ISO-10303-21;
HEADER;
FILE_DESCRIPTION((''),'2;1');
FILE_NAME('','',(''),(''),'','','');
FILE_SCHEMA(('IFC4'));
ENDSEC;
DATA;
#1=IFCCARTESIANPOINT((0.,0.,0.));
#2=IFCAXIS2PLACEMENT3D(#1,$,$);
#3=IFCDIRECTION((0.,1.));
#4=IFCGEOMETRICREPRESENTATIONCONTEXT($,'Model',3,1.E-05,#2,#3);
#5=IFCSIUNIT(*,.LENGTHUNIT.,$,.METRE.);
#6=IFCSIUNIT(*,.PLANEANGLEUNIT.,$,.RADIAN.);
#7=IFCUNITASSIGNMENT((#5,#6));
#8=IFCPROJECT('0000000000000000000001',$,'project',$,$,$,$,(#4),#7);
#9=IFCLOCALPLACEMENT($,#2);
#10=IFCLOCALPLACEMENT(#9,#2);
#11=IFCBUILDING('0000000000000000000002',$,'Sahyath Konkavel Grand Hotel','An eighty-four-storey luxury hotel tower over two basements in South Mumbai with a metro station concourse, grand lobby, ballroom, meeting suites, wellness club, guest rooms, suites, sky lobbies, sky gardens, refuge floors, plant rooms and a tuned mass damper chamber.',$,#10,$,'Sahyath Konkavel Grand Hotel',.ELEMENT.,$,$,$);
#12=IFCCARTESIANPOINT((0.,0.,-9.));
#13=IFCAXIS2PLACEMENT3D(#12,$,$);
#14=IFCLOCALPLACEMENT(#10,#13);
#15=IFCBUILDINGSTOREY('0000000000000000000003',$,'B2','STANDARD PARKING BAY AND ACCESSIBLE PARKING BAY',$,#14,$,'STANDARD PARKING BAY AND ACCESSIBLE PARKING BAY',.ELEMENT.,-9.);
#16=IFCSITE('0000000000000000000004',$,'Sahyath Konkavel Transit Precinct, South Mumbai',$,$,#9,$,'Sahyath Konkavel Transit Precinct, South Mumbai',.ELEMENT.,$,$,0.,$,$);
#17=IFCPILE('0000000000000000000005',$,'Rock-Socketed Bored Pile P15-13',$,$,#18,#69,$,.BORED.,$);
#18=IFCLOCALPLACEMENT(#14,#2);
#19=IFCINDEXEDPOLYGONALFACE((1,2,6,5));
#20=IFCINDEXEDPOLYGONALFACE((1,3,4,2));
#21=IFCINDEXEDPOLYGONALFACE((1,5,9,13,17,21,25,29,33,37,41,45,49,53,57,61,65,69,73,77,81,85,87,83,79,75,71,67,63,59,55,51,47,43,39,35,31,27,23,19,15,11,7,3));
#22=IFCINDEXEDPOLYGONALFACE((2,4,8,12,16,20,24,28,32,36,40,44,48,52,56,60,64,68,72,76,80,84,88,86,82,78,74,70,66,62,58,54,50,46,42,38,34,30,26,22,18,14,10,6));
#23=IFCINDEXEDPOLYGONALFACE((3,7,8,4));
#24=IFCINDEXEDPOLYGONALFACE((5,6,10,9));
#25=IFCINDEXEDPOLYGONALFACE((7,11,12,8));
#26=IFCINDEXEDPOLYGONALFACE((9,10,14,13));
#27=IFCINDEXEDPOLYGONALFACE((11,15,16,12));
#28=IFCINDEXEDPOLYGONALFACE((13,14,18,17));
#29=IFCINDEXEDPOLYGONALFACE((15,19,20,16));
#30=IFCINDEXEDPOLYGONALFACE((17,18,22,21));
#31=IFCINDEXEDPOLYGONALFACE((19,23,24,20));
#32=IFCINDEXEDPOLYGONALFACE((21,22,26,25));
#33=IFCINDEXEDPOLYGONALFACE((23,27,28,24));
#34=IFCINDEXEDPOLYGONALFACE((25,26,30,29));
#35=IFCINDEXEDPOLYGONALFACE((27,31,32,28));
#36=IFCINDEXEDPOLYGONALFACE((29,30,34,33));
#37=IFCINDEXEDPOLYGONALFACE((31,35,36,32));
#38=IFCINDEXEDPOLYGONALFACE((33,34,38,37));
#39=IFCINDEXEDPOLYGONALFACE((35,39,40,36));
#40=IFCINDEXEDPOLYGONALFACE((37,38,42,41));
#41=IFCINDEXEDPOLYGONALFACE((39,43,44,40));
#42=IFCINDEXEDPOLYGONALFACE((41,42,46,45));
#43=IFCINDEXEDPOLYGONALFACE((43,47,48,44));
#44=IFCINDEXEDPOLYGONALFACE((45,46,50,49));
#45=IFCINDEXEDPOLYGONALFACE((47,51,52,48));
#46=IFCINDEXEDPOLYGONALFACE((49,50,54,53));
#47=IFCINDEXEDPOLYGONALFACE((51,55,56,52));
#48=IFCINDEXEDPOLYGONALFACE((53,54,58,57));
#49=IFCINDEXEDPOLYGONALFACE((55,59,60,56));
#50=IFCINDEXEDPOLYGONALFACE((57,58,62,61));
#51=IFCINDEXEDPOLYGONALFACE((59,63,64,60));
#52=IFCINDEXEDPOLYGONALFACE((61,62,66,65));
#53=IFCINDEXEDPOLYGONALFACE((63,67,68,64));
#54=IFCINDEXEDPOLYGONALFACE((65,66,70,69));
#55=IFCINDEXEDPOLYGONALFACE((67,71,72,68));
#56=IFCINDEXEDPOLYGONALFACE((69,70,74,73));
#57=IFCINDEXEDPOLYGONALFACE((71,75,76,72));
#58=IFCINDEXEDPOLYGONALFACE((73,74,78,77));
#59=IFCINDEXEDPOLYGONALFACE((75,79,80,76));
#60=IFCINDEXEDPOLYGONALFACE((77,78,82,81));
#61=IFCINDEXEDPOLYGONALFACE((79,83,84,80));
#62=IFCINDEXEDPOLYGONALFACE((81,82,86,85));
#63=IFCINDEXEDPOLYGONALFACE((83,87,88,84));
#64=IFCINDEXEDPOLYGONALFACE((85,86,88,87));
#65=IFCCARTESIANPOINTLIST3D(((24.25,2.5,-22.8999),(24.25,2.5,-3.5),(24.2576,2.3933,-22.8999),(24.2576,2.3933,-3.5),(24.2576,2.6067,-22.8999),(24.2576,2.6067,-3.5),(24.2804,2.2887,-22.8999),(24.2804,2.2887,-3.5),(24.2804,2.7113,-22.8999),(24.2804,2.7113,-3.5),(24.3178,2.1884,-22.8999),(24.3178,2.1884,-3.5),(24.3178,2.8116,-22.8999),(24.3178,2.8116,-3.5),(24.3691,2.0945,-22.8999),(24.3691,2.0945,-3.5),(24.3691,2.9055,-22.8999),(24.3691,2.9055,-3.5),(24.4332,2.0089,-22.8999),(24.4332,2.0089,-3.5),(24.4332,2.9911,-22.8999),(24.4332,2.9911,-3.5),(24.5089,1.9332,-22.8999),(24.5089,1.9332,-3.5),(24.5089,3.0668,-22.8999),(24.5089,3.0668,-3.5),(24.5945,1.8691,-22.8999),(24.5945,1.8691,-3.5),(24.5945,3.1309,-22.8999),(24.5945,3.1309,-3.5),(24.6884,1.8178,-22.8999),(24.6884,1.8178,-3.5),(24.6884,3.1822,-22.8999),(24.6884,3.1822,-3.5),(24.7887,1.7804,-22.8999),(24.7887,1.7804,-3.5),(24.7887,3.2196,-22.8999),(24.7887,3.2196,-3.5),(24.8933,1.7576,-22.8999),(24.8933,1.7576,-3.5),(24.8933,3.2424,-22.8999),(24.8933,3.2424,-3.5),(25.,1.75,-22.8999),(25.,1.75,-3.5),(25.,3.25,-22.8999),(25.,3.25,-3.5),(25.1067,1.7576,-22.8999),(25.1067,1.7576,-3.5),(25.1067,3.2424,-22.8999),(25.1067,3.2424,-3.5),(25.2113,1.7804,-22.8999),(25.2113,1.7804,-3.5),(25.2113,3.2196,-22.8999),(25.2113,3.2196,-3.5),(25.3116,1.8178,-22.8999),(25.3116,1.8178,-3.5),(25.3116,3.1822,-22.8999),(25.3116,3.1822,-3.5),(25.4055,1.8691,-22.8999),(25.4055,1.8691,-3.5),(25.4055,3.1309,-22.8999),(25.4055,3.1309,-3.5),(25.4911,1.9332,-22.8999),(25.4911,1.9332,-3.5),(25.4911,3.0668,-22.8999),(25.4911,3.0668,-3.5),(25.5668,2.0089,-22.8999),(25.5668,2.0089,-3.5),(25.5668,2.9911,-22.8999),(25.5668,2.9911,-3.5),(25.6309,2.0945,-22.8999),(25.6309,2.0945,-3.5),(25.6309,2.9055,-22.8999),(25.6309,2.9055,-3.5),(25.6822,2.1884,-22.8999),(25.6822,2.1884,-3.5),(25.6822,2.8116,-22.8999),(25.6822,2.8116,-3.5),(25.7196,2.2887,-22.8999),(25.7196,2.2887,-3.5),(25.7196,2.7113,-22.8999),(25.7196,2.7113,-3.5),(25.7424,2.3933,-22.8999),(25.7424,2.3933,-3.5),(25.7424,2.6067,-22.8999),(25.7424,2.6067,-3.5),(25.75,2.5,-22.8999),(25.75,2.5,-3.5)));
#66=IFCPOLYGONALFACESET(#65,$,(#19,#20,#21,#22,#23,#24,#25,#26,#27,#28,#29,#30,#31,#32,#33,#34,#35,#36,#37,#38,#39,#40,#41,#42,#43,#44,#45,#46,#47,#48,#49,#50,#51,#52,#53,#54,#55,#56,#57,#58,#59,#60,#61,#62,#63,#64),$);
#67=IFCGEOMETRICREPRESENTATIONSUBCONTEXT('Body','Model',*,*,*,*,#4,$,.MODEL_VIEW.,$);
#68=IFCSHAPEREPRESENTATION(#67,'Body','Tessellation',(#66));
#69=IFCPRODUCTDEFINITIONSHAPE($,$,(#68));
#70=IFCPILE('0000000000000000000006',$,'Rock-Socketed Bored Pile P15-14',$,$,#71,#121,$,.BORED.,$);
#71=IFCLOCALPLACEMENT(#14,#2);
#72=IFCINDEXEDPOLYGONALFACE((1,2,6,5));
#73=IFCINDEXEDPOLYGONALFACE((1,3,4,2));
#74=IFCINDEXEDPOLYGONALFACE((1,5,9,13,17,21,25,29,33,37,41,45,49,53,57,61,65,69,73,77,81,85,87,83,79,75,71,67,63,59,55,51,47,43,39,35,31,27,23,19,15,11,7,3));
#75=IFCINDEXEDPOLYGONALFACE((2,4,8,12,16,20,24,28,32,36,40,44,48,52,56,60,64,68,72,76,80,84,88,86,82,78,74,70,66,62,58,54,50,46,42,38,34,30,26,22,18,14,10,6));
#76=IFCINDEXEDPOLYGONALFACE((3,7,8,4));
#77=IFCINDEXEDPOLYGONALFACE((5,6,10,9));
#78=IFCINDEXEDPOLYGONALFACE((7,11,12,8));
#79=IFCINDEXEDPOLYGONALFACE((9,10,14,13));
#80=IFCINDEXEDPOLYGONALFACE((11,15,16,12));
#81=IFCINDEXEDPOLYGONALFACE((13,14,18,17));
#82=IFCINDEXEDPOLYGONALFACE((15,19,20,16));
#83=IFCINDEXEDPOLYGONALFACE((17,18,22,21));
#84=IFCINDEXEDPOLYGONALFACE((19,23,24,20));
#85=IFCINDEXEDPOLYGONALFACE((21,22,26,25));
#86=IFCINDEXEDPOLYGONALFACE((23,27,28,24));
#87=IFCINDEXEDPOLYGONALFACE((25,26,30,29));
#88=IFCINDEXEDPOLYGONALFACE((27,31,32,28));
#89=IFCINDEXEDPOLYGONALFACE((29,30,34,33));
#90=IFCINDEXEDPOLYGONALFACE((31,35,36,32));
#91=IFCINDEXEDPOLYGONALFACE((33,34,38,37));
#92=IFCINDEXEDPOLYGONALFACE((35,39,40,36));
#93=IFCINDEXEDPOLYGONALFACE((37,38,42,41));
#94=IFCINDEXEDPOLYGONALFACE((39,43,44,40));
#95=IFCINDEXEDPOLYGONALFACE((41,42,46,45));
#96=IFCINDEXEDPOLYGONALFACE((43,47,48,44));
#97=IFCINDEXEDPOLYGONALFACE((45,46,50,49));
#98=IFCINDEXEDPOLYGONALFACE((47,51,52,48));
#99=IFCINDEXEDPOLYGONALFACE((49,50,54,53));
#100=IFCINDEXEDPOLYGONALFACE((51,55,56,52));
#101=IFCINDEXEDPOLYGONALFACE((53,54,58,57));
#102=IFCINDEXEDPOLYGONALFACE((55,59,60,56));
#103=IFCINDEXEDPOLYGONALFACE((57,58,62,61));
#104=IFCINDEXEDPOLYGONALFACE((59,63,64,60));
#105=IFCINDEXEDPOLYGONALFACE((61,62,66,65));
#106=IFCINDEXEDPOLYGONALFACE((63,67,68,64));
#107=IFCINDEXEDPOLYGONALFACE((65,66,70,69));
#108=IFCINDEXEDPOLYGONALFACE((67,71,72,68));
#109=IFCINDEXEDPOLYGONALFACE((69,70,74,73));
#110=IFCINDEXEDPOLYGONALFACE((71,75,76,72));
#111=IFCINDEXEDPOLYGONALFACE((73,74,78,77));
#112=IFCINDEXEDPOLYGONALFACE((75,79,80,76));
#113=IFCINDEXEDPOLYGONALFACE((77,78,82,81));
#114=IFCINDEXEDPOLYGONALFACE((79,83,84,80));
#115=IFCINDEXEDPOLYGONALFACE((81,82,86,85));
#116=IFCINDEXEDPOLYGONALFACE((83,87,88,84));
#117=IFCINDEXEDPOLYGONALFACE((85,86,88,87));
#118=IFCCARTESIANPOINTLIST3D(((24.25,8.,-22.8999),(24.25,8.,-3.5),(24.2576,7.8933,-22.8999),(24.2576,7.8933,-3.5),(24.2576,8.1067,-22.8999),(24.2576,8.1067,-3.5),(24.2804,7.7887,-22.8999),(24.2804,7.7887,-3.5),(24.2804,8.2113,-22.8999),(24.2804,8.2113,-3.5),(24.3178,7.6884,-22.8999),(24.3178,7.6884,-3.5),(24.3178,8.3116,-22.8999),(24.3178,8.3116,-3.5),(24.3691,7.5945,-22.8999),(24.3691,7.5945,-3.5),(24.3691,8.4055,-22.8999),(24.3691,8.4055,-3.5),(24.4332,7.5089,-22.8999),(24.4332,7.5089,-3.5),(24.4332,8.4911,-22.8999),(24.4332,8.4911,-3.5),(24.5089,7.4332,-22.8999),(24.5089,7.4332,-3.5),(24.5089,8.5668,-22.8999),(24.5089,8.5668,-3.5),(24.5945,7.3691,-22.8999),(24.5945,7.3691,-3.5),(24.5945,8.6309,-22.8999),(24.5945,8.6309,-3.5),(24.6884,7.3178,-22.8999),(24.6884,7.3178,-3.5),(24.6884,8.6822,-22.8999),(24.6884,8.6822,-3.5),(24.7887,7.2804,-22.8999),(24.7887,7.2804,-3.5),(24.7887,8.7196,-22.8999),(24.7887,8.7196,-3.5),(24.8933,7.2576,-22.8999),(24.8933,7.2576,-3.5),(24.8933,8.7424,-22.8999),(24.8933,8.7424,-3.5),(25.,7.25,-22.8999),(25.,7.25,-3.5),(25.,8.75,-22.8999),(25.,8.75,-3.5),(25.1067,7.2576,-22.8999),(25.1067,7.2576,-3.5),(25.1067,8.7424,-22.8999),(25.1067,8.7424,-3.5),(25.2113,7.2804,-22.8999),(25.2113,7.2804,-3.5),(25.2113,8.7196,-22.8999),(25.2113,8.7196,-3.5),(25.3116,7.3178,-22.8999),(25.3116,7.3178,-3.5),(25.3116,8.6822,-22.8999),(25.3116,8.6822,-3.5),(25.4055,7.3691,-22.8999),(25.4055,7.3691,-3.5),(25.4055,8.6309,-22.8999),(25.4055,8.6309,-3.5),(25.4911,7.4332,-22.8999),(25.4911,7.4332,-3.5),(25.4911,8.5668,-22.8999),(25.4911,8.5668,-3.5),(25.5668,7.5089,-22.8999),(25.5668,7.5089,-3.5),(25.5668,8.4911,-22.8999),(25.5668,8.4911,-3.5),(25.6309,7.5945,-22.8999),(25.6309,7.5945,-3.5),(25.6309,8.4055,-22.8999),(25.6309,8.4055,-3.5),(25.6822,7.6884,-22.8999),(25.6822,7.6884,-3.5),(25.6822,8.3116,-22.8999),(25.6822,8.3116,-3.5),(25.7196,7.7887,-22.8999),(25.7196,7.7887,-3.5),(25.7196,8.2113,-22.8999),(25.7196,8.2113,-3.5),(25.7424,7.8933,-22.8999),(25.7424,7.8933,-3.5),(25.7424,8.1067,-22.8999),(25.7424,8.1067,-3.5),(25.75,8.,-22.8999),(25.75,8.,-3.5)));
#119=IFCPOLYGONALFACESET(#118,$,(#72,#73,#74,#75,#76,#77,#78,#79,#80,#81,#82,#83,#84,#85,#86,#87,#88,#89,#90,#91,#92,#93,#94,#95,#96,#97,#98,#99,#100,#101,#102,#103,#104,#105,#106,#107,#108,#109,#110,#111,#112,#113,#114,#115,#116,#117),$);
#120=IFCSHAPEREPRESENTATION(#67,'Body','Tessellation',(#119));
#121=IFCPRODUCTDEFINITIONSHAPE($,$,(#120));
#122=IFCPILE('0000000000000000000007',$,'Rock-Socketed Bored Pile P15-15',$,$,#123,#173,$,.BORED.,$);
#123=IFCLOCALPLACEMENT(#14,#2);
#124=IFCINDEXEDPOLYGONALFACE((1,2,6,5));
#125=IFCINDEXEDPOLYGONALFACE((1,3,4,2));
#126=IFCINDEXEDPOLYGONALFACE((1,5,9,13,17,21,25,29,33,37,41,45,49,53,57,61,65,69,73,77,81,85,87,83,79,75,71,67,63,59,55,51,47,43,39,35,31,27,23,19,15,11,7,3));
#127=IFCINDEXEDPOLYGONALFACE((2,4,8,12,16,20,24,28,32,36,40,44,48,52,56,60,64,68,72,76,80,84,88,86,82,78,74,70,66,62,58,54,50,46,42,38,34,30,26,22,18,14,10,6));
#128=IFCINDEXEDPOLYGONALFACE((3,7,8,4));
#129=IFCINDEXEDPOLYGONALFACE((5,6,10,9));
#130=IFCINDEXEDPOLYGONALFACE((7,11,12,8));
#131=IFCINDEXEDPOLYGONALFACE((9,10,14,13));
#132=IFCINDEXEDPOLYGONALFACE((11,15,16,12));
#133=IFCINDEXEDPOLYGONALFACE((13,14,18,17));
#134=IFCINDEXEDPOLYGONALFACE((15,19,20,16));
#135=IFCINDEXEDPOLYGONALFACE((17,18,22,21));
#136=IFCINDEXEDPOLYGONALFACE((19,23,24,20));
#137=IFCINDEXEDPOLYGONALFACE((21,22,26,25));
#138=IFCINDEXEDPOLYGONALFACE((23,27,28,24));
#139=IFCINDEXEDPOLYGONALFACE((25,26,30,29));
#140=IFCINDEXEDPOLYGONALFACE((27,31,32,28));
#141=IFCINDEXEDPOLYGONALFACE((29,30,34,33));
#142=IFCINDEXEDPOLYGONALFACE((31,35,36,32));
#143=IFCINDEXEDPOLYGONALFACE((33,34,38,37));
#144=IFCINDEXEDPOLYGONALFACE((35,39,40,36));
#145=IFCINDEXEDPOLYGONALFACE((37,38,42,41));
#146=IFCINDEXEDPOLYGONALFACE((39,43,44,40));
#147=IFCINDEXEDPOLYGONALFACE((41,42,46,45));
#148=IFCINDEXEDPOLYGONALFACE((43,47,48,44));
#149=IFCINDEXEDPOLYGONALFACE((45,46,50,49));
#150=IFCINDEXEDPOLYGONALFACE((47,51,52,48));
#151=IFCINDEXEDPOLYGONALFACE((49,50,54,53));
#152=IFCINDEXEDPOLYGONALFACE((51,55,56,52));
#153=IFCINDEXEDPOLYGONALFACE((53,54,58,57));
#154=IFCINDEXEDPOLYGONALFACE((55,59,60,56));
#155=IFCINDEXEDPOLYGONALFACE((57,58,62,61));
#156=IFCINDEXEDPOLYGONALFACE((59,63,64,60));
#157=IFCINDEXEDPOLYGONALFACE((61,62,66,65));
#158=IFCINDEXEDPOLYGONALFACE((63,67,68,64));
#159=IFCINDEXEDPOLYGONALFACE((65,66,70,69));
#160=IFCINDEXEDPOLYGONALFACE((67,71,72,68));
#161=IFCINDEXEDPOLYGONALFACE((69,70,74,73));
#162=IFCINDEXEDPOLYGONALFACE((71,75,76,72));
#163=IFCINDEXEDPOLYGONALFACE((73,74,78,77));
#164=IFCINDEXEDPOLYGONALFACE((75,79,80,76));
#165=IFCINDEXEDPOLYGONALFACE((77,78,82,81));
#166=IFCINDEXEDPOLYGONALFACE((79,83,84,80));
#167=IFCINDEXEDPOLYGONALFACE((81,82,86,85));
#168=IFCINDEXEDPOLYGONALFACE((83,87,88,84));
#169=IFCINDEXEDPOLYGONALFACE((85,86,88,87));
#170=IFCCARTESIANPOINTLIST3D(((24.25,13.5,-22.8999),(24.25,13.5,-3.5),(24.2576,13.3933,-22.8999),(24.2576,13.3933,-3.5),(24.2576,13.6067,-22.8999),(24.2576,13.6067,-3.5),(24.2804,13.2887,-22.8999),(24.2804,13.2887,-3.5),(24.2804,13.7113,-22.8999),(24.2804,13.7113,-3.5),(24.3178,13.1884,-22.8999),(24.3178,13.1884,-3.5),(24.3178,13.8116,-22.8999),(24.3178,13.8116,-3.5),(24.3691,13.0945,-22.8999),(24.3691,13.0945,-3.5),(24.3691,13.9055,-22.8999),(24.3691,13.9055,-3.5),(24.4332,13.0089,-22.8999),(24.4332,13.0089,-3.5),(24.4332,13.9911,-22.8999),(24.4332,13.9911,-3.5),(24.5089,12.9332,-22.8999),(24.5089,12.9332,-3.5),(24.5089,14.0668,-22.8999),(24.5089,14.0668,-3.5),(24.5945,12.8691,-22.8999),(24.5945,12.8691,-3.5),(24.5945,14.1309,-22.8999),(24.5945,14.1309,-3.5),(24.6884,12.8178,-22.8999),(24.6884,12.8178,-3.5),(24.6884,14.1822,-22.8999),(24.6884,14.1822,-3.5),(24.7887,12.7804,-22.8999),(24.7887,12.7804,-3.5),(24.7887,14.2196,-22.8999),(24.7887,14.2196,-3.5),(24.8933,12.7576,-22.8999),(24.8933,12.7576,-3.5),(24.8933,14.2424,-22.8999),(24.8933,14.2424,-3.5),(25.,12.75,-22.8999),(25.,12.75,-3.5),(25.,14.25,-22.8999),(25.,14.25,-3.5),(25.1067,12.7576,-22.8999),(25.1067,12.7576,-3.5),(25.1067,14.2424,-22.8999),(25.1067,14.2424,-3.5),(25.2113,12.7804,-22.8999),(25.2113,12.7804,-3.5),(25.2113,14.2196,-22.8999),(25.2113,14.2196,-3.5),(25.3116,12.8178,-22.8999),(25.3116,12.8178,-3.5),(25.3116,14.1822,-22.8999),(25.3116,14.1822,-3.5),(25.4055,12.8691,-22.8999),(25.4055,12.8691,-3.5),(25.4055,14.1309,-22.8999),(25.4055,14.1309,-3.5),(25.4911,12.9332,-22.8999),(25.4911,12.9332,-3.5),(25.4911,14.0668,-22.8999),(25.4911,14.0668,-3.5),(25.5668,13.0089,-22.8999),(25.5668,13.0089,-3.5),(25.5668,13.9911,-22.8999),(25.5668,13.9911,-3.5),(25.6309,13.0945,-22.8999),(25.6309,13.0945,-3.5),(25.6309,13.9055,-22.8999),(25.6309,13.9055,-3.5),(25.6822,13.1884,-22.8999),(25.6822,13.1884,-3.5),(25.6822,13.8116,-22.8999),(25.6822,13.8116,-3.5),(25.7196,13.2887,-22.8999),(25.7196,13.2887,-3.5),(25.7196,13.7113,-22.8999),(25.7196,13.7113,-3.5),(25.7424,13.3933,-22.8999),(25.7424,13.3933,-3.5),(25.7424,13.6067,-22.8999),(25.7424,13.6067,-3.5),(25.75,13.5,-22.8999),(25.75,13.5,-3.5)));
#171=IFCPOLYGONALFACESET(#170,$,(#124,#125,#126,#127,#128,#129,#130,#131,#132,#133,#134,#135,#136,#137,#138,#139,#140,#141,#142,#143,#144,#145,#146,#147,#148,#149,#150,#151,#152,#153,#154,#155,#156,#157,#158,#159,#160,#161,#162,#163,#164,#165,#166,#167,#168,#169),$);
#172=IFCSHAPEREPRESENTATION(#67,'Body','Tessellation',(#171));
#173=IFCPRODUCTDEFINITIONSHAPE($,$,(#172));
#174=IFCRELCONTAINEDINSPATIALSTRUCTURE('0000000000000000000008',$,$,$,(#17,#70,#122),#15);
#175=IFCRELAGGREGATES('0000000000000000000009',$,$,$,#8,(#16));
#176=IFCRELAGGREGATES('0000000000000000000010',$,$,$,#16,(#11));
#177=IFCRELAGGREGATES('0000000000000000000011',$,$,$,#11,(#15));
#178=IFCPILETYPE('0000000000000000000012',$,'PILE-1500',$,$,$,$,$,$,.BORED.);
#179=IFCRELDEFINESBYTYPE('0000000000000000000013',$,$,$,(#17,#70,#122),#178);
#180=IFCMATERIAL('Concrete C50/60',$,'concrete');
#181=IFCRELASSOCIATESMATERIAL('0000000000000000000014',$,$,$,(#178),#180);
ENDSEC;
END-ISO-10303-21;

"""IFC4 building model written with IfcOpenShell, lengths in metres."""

from ifc_helpers import new_model, si_unit, direction, frame, origin, origin_2d, place, context, subcontext, project, spatial, circle, extrude, material, material_profile, profile_set, type_object, element, save


model = new_model("IFC4")

# Units and contexts
model_context = context("Model", 3, precision=1e-05, world=origin(), true_north=direction((0.0, 1.0)))
body_context = subcontext(model_context, "Body", "Model", "MODEL_VIEW")
ifc_project = project(units=[si_unit("LENGTHUNIT", "METRE"), si_unit("PLANEANGLEUNIT", "RADIAN")], contexts=[model_context])

# Site, building, storey
site_placement = place(None, origin())
site = spatial("IfcSite", under=ifc_project, at=site_placement, Name="Sahyath Konkavel Transit Precinct, South Mumbai", LongName="Sahyath Konkavel Transit Precinct, South Mumbai", CompositionType="ELEMENT", RefElevation=0.0)
building_placement = place(site_placement, origin())
building = spatial("IfcBuilding", under=site, at=building_placement, Name="Sahyath Konkavel Grand Hotel", Description="An eighty-four-storey luxury hotel tower over two basements in South Mumbai with a metro station concourse, grand lobby, ballroom, meeting suites, wellness club, guest rooms, suites, sky lobbies, sky gardens, refuge floors, plant rooms and a tuned mass damper chamber.", LongName="Sahyath Konkavel Grand Hotel", CompositionType="ELEMENT")
storey_placement = place(building_placement, frame((0.0, 0.0, -9.0)))
storey = spatial("IfcBuildingStorey", under=building, at=storey_placement, Name="B2", Description="STANDARD PARKING BAY AND ACCESSIBLE PARKING BAY", LongName="STANDARD PARKING BAY AND ACCESSIBLE PARKING BAY", CompositionType="ELEMENT", Elevation=-9.0)

# Piles
ifc_material_1 = material(Name="Concrete C50/60", Category="concrete")
ifc_material_profile_1 = material_profile(ifc_material_1, circle(Radius=0.75, at=origin_2d()), Name="PILE D1500")
ifc_profile_set_1 = profile_set([ifc_material_profile_1], Name="Concrete C50/60")
pile_type = type_object("IfcPileType", Name="PILE-1500", PredefinedType="BORED", material=ifc_profile_set_1)
for number, where, z_axis, x_axis, name in (
    (1, (25.0, 2.5, -3.5), (0.0, 0.0, -1.0), (1.0, 0.0, 0.0), "Rock-Socketed Bored Pile P15-13"),
    (2, (25.0, 8.0, -3.5), (0.0, 0.0, -1.0), (1.0, 0.0, 0.0), "Rock-Socketed Bored Pile P15-14"),
    (3, (25.0, 13.5, -3.5), (0.0, 0.0, -1.0), (1.0, 0.0, 0.0), "Rock-Socketed Bored Pile P15-15"),
):
    element("IfcPile", number, at=place(storey_placement, frame(where, z_axis=z_axis, x_axis=x_axis)), inside=storey, type_object=pile_type, Name=name, PredefinedType="BORED", context=body_context, shape_type="SweptSolid", body=[
        extrude(circle(Radius=0.75, at=origin_2d()), origin(), (0.0, 0.0, 1.0), 19.3999),
    ])

save(model, "model.ifc")
